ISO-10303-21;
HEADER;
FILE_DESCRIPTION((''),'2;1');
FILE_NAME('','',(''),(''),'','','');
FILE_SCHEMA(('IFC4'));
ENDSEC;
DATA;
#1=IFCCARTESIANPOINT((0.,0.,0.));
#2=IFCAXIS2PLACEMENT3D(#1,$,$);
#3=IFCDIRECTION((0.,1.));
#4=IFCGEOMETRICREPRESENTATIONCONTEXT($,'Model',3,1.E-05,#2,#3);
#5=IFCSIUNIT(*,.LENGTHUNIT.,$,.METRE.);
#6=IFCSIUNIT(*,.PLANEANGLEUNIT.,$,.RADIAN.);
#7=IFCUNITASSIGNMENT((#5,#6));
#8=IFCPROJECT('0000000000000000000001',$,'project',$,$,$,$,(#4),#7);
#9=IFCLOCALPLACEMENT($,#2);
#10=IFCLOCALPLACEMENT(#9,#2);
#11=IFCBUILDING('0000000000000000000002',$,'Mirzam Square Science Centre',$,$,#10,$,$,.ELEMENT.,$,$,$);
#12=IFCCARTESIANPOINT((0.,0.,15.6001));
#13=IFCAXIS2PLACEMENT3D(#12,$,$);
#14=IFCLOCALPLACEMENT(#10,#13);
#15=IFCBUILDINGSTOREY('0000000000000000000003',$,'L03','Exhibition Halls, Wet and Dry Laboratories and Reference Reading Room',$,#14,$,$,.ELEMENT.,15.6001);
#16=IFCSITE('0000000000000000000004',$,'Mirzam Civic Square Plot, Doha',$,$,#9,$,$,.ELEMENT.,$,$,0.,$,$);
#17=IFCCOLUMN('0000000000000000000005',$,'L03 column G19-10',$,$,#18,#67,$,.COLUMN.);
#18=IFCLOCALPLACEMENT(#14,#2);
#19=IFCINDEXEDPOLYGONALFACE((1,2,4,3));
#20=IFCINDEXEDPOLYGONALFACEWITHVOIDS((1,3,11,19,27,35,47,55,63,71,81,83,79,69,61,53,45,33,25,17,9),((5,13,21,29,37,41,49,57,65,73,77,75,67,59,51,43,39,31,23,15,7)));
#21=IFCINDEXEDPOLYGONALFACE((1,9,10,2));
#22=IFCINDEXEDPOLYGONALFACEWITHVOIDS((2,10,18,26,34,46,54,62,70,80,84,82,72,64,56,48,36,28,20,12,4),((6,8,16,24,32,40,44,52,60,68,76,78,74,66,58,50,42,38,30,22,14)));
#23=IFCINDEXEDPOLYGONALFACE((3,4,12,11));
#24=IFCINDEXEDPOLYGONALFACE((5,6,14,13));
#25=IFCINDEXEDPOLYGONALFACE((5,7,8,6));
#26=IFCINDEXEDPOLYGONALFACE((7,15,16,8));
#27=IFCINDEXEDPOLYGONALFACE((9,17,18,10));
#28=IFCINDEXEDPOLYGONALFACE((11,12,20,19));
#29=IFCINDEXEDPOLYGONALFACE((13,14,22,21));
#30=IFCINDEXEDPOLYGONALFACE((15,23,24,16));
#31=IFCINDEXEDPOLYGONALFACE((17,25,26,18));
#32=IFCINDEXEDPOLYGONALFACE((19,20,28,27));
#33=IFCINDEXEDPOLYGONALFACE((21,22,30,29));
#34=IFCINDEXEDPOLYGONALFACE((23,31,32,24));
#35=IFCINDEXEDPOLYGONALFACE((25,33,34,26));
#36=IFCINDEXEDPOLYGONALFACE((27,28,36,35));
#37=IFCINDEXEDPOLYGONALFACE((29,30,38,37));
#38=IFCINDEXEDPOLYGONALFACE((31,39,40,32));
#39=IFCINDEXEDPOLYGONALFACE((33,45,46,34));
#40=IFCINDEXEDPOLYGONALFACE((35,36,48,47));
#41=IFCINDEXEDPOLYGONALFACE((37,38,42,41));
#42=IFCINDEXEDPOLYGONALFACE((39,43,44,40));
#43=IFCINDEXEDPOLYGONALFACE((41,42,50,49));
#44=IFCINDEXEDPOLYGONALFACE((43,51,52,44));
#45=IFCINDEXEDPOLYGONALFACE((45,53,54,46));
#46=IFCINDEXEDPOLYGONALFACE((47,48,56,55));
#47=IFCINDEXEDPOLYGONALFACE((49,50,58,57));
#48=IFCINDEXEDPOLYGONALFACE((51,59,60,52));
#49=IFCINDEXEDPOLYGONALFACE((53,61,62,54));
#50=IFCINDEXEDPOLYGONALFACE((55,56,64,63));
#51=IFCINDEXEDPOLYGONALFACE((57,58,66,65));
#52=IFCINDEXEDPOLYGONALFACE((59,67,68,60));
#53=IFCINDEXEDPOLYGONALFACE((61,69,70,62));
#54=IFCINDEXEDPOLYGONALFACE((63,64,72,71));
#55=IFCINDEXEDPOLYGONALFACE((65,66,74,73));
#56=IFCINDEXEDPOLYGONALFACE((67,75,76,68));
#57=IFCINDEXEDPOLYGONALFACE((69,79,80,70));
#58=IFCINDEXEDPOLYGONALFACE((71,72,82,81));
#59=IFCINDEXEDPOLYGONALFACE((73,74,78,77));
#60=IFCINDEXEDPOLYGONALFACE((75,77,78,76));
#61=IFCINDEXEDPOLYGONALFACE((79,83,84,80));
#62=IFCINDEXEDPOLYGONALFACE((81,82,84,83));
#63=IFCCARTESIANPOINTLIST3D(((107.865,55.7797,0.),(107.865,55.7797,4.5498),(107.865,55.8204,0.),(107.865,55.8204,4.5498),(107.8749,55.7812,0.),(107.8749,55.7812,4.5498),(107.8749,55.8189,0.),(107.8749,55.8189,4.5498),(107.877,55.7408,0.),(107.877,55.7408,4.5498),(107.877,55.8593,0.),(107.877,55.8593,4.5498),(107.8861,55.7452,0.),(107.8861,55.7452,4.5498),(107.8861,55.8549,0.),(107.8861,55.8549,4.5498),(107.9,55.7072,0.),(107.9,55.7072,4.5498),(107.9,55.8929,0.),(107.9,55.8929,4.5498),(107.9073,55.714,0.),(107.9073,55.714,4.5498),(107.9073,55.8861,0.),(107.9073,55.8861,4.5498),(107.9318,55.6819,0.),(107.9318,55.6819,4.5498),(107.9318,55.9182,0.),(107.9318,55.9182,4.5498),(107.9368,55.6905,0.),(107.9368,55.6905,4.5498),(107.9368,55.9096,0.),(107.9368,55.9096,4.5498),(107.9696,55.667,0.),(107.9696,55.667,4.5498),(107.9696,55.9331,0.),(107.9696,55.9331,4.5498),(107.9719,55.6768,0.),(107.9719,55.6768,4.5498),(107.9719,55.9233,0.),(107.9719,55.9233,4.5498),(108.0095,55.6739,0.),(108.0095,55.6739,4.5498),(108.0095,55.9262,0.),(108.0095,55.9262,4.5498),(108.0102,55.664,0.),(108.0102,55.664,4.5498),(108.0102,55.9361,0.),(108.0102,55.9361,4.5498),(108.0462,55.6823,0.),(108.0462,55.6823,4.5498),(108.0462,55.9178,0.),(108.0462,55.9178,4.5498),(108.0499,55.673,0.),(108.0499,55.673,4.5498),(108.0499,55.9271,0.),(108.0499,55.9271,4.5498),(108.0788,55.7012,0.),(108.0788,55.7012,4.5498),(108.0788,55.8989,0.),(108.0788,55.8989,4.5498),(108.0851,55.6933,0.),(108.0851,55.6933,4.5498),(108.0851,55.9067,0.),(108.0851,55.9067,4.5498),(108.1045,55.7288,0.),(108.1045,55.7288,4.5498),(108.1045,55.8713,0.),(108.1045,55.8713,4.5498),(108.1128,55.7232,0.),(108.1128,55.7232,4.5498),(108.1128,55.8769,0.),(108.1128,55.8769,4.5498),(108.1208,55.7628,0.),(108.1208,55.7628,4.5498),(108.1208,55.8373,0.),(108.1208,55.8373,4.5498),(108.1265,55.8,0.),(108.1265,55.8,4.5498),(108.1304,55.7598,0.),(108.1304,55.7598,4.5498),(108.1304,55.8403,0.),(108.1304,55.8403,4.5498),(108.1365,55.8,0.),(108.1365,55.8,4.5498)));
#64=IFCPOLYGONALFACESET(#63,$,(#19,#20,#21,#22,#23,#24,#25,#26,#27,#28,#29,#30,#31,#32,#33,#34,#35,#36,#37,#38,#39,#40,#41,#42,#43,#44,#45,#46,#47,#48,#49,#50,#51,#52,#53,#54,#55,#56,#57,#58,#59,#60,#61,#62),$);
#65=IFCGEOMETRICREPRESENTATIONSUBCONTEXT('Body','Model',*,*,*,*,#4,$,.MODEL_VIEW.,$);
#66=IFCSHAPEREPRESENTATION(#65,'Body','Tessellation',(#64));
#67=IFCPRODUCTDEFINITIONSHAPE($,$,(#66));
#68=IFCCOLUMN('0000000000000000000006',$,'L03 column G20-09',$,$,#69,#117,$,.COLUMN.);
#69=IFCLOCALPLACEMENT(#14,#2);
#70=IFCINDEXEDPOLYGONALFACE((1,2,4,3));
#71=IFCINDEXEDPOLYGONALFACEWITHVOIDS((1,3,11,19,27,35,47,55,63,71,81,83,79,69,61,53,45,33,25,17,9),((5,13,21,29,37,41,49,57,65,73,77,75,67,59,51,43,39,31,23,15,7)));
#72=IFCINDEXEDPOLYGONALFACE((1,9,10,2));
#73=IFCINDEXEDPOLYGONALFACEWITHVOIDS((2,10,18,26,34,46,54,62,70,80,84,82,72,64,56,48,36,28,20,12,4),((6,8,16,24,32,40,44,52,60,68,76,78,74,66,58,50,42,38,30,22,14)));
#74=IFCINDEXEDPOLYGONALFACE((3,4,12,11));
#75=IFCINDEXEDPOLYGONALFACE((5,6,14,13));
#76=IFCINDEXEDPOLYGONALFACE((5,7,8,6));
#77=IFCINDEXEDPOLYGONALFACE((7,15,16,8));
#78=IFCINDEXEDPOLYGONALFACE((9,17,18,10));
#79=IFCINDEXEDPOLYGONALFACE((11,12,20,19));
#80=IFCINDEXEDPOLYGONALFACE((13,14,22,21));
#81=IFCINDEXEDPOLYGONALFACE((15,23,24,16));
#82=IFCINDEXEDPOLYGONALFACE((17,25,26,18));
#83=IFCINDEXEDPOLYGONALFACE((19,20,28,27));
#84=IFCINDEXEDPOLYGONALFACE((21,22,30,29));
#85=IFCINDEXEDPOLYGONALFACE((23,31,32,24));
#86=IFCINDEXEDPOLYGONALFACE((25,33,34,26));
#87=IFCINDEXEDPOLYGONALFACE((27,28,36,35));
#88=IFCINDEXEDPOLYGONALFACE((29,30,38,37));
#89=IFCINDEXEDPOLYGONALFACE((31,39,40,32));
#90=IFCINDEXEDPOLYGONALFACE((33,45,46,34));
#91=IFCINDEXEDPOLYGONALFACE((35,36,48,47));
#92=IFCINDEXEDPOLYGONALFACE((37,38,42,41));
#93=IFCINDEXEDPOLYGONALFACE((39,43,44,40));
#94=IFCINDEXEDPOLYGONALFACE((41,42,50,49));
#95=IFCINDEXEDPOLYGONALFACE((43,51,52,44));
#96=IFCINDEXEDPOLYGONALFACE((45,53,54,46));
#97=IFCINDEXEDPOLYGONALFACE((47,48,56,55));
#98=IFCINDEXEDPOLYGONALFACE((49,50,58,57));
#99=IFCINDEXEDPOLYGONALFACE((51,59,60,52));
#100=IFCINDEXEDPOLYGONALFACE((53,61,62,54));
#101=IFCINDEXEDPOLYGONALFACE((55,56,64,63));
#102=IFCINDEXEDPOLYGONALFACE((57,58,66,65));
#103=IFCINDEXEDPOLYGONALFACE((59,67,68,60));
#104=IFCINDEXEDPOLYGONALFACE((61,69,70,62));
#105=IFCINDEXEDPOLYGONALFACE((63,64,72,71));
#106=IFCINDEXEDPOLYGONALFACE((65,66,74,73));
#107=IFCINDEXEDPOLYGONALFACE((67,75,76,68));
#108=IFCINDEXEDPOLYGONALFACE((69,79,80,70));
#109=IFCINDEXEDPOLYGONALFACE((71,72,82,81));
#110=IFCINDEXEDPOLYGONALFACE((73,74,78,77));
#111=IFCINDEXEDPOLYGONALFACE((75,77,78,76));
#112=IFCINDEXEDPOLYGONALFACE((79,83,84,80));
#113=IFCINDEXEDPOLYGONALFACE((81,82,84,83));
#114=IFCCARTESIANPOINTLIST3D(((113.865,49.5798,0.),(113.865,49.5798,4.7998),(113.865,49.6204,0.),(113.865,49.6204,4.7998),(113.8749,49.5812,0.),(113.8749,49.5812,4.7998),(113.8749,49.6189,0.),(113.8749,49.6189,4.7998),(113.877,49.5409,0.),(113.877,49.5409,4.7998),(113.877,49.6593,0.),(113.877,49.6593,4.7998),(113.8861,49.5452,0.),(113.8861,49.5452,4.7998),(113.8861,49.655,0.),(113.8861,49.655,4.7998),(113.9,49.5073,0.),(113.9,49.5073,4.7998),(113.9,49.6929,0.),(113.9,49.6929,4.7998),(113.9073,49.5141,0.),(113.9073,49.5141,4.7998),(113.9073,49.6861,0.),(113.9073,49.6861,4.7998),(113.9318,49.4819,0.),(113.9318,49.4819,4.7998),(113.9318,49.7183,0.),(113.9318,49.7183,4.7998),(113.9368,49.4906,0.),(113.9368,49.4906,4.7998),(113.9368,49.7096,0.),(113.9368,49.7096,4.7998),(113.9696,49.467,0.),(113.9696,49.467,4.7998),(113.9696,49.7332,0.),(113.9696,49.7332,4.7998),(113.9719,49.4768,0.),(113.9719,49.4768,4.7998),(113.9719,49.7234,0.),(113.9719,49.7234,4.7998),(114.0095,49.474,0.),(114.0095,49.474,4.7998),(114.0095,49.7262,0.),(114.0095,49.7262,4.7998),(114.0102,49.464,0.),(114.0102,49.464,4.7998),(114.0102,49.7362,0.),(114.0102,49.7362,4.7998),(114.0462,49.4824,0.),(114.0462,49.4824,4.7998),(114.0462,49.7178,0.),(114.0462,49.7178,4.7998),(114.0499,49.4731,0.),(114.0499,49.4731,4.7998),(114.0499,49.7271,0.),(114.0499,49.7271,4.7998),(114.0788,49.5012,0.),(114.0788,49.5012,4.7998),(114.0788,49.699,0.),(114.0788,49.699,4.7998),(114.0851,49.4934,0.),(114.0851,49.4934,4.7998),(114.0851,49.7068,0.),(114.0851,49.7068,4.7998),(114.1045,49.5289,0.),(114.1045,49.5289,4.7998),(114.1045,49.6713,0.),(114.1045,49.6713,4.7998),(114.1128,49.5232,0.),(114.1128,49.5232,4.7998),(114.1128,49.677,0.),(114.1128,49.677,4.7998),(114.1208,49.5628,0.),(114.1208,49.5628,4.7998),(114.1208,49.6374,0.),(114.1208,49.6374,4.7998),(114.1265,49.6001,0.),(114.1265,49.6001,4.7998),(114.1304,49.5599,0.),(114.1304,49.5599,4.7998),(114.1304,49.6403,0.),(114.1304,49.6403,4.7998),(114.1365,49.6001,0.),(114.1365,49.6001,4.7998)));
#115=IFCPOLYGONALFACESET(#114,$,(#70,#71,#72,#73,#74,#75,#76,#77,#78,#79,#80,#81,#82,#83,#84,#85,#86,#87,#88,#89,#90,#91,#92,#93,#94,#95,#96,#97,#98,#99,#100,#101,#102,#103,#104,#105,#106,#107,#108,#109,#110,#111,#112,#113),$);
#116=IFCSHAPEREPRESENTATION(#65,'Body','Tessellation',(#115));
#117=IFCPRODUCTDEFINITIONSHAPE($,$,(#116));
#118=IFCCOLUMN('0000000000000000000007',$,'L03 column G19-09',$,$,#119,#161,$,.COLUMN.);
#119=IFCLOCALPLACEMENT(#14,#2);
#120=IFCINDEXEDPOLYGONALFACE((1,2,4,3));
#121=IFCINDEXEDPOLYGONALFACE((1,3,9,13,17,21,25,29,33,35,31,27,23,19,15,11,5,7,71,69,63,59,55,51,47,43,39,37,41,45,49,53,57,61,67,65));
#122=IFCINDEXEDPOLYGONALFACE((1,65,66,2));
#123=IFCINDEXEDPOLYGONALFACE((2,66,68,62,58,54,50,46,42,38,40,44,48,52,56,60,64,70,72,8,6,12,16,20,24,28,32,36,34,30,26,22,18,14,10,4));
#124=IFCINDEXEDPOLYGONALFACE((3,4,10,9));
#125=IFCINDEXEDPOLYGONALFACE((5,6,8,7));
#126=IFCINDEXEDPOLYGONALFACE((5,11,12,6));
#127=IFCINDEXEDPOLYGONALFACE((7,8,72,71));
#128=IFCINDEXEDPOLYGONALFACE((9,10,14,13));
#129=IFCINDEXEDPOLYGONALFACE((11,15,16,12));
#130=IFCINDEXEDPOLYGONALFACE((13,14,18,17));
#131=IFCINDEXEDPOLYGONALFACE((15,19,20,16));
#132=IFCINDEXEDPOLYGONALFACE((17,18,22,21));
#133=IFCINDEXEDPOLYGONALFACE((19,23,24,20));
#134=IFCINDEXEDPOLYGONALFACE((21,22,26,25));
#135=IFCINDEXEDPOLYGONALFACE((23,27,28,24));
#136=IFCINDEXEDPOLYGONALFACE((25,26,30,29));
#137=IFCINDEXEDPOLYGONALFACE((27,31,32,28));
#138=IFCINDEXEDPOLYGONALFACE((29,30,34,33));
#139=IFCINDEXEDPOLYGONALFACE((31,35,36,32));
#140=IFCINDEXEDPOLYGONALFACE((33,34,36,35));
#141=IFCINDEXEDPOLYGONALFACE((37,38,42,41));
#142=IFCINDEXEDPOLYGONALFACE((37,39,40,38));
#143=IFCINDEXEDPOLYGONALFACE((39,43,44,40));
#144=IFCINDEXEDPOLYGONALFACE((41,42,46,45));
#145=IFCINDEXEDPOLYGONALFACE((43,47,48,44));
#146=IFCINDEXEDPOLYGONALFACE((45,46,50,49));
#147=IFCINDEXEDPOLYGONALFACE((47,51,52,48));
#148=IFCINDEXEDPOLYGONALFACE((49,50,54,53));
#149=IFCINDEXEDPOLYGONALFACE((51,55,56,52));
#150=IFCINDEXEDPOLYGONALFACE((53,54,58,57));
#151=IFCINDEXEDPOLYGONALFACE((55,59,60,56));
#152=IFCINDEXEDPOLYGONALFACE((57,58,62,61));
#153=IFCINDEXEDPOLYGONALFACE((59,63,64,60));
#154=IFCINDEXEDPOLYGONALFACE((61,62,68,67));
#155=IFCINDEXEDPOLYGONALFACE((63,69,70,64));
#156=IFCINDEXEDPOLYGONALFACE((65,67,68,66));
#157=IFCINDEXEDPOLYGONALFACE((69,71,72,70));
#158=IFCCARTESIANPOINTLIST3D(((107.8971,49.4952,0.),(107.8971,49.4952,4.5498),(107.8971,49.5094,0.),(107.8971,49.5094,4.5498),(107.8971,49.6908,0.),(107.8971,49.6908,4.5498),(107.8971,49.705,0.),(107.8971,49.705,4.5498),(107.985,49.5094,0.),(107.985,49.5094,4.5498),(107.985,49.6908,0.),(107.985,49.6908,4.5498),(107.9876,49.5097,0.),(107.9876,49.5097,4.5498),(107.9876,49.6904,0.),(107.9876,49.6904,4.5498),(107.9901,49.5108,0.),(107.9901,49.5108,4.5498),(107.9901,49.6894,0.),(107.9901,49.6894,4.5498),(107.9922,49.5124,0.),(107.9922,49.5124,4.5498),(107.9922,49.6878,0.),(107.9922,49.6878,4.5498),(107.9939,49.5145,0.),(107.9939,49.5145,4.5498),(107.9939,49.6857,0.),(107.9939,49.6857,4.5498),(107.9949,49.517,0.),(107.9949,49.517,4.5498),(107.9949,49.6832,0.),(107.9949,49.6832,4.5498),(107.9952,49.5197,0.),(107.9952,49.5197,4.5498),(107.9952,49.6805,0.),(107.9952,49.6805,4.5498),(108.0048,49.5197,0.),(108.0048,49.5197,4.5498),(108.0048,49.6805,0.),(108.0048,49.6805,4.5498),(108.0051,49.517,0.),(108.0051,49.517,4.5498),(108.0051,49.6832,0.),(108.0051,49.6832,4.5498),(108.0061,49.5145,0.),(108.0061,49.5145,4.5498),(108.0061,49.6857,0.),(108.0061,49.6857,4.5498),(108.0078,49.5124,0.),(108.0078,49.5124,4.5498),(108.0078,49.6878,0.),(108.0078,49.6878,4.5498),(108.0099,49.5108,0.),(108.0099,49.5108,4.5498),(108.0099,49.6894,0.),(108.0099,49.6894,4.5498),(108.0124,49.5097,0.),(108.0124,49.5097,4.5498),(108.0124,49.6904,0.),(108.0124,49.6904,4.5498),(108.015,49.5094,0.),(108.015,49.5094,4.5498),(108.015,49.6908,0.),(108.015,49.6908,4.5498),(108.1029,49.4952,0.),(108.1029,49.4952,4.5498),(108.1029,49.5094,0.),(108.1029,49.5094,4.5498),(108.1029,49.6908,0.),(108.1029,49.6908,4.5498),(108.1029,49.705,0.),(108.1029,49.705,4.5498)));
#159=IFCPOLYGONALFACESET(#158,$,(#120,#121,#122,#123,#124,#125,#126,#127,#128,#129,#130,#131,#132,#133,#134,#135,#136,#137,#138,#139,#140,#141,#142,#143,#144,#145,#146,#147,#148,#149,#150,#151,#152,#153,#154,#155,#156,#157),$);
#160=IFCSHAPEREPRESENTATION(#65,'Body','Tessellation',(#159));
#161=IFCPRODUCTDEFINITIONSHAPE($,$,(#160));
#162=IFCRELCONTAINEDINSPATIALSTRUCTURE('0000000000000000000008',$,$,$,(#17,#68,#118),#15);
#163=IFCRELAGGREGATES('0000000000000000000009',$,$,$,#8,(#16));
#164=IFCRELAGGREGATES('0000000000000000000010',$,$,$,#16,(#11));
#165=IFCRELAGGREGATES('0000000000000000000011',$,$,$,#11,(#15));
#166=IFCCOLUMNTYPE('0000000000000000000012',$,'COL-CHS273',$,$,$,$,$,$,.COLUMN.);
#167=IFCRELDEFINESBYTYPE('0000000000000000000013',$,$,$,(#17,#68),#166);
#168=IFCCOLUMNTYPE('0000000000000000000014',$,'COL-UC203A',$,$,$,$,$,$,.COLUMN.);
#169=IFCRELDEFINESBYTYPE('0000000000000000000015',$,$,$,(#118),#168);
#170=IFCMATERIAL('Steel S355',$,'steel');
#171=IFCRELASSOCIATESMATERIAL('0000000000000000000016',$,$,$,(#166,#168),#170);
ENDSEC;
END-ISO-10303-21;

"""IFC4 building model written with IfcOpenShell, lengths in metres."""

from ifc_helpers import new_model, si_unit, direction, frame, origin, origin_2d, place, context, subcontext, project, spatial, hollow_circle, i_section, extrude, material, material_profile, profile_set, type_object, element, save


model = new_model("IFC4")

# Units and contexts
model_context = context("Model", 3, precision=1e-05, world=origin(), true_north=direction((0.0, 1.0)))
body_context = subcontext(model_context, "Body", "Model", "MODEL_VIEW")
ifc_project = project(units=[si_unit("LENGTHUNIT", "METRE"), si_unit("PLANEANGLEUNIT", "RADIAN")], contexts=[model_context])

# Site, building, storey
site_placement = place(None, origin())
site = spatial("IfcSite", under=ifc_project, at=site_placement, Name="Mirzam Civic Square Plot, Doha", CompositionType="ELEMENT", RefElevation=0.0)
building_placement = place(site_placement, origin())
building = spatial("IfcBuilding", under=site, at=building_placement, Name="Mirzam Square Science Centre", CompositionType="ELEMENT")
storey_placement = place(building_placement, frame((0.0, 0.0, 15.6001)))
storey = spatial("IfcBuildingStorey", under=building, at=storey_placement, Name="L03", Description="Exhibition Halls, Wet and Dry Laboratories and Reference Reading Room", CompositionType="ELEMENT", Elevation=15.6001)

# Columns
ifc_material_1 = material(Name="Steel S355", Category="steel")
ifc_material_profile_1 = material_profile(ifc_material_1, hollow_circle(Radius=0.1365, WallThickness=0.01, at=origin_2d()), Name="273.0x10.0CHS")
ifc_profile_set_1 = profile_set([ifc_material_profile_1], Name="Steel S355")
column_type_1 = type_object("IfcColumnType", Name="COL-CHS273", PredefinedType="COLUMN", material=ifc_profile_set_1)
column_1_placement = place(storey_placement, frame((108.0, 55.8, 0.0), z_axis=(0.0, 0.0, 1.0), x_axis=(1.0, 0.0, 0.0)))
element("IfcColumn", 1, at=column_1_placement, inside=storey, type_object=column_type_1, Name="L03 column G19-10", PredefinedType="COLUMN", context=body_context, shape_type="SweptSolid", body=[
    extrude(hollow_circle(Radius=0.1365, WallThickness=0.01, at=origin_2d()), origin(), (0.0, 0.0, 1.0), 4.5498),
])
column_2_placement = place(storey_placement, frame((114.0, 49.6001, 0.0), z_axis=(0.0, 0.0, 1.0), x_axis=(1.0, 0.0, 0.0)))
element("IfcColumn", 2, at=column_2_placement, inside=storey, type_object=column_type_1, Name="L03 column G20-09", PredefinedType="COLUMN", context=body_context, shape_type="SweptSolid", body=[
    extrude(hollow_circle(Radius=0.1365, WallThickness=0.01, at=origin_2d()), origin(), (0.0, 0.0, 1.0), 4.7998),
])
ifc_material_profile_2 = material_profile(ifc_material_1, i_section(OverallWidth=0.2058, OverallDepth=0.2097, WebThickness=0.0095, FlangeThickness=0.0142, FilletRadius=0.0103, at=origin_2d()), Name="203x203x60UC")
ifc_profile_set_2 = profile_set([ifc_material_profile_2], Name="Steel S355")
column_type_2 = type_object("IfcColumnType", Name="COL-UC203A", PredefinedType="COLUMN", material=ifc_profile_set_2)
column_3_placement = place(storey_placement, frame((108.0, 49.6001, 0.0), z_axis=(0.0, 0.0, 1.0), x_axis=(1.0, 0.0, 0.0)))
element("IfcColumn", 3, at=column_3_placement, inside=storey, type_object=column_type_2, Name="L03 column G19-09", PredefinedType="COLUMN", context=body_context, shape_type="SweptSolid", body=[
    extrude(i_section(OverallWidth=0.2058, OverallDepth=0.2097, WebThickness=0.0095, FlangeThickness=0.0142, FilletRadius=0.0103, at=origin_2d()), origin(), (0.0, 0.0, 1.0), 4.5498),
])

save(model, "model.ifc")
